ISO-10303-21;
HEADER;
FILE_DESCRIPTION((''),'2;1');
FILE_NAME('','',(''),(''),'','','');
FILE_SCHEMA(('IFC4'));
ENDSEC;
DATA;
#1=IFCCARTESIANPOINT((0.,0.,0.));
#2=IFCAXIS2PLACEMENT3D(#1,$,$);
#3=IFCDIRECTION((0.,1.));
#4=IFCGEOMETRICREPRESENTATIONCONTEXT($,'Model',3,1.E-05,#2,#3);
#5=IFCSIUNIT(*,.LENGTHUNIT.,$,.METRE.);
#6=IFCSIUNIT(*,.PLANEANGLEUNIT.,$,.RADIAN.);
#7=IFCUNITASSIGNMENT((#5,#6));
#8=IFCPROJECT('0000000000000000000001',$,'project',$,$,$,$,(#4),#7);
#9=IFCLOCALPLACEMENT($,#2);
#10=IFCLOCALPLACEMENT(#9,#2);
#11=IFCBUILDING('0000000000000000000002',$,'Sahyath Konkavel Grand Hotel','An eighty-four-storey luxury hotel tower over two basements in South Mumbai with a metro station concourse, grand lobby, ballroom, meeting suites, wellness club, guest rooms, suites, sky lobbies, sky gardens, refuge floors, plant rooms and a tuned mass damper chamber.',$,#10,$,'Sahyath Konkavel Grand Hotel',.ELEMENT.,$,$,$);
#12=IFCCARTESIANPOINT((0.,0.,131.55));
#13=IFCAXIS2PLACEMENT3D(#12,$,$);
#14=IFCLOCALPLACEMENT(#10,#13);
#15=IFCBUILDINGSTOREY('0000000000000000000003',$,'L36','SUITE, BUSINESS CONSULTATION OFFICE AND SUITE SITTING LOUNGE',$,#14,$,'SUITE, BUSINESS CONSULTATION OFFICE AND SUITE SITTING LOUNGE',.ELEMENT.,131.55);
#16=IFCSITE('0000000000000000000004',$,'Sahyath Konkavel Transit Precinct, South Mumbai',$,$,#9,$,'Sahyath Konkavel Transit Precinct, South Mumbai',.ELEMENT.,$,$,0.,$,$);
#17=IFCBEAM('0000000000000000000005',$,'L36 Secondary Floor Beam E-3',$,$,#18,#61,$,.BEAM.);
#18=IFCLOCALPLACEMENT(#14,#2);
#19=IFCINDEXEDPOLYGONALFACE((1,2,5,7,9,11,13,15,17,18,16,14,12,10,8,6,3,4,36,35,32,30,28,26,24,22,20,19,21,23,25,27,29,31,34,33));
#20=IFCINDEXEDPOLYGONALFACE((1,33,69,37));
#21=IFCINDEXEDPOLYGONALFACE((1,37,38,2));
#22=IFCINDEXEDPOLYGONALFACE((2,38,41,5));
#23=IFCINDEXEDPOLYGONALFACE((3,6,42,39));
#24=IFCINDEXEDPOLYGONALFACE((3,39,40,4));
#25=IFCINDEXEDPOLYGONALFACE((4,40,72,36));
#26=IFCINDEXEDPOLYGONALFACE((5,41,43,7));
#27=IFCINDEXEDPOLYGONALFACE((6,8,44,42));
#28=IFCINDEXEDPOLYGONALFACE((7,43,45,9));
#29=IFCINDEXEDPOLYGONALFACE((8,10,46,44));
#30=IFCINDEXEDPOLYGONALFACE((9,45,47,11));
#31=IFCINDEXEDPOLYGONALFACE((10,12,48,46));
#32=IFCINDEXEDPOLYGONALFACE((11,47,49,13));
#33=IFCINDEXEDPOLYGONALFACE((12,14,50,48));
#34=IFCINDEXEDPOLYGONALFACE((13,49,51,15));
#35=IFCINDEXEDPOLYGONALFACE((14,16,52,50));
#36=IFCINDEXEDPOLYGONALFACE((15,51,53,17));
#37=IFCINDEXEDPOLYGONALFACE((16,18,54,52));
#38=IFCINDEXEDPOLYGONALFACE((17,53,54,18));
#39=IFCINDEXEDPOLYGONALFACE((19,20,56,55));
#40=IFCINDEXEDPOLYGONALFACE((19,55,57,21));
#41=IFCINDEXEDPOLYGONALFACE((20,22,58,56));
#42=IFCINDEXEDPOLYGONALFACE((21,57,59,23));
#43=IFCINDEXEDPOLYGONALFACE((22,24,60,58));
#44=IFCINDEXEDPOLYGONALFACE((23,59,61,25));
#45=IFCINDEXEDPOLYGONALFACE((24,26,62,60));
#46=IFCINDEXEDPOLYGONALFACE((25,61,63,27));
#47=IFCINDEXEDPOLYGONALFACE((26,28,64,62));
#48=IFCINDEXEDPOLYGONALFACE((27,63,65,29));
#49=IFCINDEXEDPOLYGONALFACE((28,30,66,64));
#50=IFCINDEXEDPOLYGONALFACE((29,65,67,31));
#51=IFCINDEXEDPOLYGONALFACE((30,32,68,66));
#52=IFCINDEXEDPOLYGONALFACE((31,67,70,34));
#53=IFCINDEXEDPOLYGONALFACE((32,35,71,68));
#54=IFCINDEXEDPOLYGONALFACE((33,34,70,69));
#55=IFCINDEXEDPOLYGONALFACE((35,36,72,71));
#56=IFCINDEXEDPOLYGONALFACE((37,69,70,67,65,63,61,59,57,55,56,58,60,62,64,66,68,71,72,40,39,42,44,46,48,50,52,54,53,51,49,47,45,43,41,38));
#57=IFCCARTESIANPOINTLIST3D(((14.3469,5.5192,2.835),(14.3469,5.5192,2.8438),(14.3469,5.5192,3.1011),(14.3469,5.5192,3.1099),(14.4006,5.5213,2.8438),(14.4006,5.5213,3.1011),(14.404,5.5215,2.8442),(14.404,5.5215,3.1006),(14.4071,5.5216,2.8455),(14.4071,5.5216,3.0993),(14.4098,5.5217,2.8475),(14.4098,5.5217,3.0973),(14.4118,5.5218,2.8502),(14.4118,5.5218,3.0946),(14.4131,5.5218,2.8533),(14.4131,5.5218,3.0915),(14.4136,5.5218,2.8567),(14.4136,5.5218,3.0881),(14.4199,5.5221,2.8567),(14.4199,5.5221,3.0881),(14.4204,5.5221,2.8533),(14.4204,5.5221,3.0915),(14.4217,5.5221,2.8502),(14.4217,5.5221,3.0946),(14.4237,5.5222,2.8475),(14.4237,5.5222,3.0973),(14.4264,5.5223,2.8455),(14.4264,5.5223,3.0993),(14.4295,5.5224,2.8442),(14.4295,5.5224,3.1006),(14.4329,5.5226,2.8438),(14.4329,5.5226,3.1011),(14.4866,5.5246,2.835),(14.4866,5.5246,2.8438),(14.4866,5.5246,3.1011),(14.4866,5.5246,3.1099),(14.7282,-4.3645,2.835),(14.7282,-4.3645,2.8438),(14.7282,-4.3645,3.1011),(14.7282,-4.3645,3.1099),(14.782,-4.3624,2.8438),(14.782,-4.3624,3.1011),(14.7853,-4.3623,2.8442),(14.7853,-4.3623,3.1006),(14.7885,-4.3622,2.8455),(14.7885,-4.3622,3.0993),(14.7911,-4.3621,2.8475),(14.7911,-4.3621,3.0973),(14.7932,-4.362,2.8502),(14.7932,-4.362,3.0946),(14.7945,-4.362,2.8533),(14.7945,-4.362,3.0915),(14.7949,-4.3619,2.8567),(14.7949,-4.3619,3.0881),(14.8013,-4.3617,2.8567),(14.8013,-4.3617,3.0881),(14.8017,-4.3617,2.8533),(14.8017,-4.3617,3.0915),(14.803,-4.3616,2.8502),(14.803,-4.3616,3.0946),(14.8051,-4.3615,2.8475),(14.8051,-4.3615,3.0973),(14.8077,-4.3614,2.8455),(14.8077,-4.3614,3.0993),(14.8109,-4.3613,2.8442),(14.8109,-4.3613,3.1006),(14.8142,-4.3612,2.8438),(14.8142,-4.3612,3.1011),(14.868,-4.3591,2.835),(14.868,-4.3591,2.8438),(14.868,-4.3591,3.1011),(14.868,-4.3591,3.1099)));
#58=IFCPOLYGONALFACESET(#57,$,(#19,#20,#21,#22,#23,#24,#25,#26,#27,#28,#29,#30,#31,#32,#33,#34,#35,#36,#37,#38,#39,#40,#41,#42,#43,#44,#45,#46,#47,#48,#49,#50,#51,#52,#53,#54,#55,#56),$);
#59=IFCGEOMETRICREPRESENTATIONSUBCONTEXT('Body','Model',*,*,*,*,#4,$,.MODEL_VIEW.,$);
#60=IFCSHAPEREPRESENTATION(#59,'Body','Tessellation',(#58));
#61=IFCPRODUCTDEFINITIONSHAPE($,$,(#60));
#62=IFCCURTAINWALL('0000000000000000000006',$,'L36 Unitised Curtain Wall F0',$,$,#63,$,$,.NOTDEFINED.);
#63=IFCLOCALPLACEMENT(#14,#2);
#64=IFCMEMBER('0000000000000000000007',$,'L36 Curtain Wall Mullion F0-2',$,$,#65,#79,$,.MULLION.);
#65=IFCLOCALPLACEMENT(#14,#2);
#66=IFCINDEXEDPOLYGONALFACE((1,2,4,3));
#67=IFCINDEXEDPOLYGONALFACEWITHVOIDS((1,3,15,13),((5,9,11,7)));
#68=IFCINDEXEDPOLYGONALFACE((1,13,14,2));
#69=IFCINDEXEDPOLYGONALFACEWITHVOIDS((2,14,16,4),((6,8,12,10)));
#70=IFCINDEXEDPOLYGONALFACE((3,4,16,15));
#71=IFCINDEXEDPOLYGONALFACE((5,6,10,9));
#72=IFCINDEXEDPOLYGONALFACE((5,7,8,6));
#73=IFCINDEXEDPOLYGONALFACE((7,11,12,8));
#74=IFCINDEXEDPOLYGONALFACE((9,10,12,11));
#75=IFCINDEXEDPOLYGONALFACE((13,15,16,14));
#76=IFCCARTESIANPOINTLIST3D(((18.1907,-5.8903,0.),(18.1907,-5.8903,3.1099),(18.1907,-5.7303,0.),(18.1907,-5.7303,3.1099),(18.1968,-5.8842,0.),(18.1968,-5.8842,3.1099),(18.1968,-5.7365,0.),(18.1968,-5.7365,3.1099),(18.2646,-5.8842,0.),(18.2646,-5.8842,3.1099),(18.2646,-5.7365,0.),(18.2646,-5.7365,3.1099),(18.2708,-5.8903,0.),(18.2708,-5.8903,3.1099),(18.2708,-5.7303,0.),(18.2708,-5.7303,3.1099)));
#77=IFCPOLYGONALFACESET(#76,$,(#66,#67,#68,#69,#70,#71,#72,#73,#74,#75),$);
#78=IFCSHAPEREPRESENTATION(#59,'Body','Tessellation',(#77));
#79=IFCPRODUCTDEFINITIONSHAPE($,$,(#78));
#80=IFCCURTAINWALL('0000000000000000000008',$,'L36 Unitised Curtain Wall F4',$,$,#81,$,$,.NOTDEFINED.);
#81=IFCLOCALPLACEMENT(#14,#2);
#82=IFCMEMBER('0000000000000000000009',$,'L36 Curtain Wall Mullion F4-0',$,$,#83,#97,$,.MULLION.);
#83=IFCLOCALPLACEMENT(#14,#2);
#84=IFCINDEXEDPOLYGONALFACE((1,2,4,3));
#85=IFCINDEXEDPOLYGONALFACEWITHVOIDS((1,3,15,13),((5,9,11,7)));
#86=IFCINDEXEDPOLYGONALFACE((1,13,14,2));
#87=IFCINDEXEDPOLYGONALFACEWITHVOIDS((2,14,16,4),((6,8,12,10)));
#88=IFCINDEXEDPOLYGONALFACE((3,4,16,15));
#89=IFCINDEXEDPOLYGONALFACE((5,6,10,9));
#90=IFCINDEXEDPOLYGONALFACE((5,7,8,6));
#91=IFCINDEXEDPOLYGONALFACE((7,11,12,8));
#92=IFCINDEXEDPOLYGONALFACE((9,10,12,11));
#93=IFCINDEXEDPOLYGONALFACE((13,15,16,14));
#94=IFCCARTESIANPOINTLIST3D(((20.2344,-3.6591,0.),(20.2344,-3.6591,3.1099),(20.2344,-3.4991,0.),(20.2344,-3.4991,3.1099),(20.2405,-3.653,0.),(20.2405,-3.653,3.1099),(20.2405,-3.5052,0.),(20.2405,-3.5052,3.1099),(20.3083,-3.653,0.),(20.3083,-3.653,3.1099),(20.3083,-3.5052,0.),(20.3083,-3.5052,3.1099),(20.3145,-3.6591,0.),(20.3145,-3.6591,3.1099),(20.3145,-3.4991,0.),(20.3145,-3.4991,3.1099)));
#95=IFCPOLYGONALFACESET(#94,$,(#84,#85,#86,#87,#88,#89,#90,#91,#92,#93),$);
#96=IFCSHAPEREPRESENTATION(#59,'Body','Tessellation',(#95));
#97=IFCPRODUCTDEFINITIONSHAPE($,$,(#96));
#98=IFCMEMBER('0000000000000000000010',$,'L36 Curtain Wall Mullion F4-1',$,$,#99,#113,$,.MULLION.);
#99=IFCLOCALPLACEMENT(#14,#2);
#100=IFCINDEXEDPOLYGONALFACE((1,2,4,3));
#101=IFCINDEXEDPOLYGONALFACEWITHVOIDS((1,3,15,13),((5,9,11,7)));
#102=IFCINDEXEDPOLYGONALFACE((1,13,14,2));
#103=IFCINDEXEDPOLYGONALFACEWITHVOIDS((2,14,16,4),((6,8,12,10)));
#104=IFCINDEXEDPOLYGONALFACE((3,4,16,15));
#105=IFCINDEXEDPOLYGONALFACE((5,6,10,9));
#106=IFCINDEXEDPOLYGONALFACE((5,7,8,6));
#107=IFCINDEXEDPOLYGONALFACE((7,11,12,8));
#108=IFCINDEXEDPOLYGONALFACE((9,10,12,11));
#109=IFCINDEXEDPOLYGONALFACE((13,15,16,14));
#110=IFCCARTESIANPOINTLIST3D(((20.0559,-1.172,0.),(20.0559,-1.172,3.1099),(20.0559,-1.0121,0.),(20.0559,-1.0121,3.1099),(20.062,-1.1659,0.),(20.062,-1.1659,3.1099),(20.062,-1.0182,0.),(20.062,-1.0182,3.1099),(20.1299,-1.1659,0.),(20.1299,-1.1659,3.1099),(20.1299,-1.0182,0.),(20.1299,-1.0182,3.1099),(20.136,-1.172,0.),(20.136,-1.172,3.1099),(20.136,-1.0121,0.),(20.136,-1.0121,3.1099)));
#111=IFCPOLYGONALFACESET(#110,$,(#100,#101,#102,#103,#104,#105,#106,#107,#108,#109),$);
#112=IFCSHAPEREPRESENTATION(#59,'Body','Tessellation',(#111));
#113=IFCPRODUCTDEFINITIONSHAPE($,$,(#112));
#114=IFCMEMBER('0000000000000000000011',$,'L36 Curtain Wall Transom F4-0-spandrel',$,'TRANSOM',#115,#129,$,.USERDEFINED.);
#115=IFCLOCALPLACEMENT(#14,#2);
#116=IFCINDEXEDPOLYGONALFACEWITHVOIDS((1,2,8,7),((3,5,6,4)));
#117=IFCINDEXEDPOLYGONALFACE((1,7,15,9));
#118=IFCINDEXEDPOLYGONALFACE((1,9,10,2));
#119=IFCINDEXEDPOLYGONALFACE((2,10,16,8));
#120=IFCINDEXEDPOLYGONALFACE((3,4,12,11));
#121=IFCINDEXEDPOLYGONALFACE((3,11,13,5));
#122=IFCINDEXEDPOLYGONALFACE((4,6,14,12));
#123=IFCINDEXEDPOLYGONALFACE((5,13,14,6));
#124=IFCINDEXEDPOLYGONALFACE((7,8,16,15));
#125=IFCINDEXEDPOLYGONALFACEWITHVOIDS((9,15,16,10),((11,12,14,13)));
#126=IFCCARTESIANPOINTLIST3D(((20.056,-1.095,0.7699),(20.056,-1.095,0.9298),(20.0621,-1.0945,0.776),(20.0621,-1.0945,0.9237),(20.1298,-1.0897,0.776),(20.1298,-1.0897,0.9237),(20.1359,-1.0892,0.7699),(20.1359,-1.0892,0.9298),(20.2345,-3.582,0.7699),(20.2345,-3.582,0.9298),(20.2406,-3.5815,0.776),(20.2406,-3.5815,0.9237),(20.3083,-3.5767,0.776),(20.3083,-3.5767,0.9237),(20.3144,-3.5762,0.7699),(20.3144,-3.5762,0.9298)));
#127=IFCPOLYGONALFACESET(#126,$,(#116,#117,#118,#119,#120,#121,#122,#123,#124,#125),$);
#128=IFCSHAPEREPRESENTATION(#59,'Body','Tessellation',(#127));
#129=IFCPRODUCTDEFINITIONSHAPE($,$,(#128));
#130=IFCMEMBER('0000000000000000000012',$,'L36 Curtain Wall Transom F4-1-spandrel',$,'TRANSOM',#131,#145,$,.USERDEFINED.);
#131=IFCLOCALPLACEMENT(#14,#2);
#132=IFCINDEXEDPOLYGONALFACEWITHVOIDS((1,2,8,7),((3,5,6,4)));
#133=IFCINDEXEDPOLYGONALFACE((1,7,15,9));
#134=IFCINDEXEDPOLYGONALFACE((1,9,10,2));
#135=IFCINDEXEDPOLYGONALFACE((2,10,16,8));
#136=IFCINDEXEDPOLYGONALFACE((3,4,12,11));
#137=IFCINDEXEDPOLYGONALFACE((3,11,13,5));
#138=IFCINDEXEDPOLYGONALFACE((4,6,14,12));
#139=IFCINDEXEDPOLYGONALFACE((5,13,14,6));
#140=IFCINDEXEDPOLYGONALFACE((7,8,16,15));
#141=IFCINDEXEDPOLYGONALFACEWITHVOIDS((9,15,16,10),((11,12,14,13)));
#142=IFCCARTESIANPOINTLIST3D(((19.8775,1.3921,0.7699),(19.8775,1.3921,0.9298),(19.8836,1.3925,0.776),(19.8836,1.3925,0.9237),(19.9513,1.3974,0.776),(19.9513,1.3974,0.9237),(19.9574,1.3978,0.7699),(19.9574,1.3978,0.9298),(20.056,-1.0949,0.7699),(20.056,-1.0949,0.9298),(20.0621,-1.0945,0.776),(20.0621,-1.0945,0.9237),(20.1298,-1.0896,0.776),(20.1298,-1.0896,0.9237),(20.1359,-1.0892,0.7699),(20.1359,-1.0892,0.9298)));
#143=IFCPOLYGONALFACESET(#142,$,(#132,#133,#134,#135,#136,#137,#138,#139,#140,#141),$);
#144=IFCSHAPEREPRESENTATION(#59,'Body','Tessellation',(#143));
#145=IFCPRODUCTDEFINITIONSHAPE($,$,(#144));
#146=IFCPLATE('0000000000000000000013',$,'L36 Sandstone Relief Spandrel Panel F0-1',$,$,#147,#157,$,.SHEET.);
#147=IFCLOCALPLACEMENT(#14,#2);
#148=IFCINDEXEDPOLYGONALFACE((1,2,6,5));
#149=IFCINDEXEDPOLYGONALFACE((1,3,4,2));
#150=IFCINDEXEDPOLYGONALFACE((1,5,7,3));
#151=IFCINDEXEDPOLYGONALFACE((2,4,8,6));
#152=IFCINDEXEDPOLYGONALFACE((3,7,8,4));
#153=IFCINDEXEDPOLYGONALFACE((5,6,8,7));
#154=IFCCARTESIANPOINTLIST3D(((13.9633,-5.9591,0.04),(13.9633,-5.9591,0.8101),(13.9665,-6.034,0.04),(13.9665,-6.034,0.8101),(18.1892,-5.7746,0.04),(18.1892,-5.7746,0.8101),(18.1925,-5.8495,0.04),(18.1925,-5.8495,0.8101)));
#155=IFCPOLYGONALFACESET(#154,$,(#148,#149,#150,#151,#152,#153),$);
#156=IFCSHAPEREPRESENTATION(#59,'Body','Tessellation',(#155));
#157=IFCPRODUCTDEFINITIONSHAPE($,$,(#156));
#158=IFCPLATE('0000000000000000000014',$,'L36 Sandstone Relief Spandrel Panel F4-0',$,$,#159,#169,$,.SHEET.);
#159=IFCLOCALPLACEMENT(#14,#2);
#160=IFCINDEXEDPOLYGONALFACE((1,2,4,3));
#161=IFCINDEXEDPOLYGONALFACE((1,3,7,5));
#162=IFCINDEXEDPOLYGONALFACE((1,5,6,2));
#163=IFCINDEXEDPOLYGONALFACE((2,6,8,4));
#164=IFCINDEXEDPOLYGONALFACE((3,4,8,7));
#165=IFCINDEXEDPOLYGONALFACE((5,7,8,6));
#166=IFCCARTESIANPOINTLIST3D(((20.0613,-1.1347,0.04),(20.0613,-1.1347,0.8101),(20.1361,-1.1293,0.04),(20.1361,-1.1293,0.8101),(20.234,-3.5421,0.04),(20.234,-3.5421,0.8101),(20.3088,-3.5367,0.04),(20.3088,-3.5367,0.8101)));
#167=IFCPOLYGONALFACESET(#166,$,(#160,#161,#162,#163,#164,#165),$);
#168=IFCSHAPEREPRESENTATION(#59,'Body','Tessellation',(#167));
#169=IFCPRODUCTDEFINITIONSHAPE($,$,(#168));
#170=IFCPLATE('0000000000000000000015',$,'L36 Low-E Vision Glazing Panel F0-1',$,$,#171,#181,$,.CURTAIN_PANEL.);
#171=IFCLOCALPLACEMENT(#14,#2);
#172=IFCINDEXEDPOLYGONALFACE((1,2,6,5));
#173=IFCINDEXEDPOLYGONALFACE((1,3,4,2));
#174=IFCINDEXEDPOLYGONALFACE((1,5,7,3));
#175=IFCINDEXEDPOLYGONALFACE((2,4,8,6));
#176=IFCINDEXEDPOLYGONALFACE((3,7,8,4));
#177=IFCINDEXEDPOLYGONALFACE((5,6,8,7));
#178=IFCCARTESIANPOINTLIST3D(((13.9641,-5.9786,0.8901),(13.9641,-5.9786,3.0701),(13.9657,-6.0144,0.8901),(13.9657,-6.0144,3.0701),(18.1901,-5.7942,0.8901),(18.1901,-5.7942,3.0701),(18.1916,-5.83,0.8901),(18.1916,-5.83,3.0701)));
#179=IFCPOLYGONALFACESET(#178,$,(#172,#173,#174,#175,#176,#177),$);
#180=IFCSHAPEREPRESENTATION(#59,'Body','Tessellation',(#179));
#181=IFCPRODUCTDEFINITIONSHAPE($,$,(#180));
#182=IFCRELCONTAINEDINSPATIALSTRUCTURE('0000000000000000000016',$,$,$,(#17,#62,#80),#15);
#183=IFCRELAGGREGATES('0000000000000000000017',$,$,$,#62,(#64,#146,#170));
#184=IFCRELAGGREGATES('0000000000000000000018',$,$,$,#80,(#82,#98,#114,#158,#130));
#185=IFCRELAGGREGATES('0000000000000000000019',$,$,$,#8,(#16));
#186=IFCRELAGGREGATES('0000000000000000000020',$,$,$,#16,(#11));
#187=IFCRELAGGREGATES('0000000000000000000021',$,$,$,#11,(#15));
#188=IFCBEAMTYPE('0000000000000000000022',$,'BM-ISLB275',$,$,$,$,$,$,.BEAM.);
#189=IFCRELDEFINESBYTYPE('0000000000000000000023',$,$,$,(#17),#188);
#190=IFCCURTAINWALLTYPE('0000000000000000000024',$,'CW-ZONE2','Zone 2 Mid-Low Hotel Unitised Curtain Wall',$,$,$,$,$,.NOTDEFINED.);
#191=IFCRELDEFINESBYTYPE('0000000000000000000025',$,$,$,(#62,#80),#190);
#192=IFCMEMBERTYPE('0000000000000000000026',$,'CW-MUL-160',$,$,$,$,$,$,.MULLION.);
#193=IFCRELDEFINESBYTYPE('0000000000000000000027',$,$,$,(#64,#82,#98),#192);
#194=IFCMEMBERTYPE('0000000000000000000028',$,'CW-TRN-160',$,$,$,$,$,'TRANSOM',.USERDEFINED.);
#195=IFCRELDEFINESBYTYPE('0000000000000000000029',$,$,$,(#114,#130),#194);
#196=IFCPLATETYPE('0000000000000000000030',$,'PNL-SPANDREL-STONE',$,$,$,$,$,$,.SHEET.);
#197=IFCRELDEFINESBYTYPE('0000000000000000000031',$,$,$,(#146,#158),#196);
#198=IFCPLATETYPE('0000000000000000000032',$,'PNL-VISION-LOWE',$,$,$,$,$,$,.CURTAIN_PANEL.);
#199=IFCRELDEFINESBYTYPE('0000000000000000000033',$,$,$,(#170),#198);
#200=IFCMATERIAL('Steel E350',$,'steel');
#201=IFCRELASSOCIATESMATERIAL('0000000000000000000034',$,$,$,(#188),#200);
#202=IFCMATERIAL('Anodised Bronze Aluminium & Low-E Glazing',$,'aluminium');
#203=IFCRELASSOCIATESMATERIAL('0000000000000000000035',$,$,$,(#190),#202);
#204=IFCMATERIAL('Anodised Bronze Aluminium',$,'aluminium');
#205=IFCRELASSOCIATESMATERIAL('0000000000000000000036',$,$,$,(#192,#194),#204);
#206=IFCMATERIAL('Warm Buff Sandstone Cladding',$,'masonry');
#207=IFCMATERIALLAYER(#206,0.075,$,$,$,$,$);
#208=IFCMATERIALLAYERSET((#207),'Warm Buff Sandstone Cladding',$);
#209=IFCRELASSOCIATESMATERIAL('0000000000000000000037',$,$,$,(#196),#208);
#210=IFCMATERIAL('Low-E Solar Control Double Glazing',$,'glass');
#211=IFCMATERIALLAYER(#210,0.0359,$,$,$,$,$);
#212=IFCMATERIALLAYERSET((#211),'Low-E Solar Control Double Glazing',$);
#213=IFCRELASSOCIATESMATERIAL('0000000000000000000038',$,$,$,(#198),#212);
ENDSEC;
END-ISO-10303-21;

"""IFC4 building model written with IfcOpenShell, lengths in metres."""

from ifc_helpers import new_model, si_unit, direction, frame, origin, origin_2d, place, context, subcontext, project, spatial, rectangle, hollow_rectangle, i_section, extrude, source, transform, mapped, material, layer, layer_set, material_profile, profile_set, type_object, element, aggregate, save


model = new_model("IFC4")

# Units and contexts
model_context = context("Model", 3, precision=1e-05, world=origin(), true_north=direction((0.0, 1.0)))
body_context = subcontext(model_context, "Body", "Model", "MODEL_VIEW")
ifc_project = project(units=[si_unit("LENGTHUNIT", "METRE"), si_unit("PLANEANGLEUNIT", "RADIAN")], contexts=[model_context])

# Site, building, storey
site_placement = place(None, origin())
site = spatial("IfcSite", under=ifc_project, at=site_placement, Name="Sahyath Konkavel Transit Precinct, South Mumbai", LongName="Sahyath Konkavel Transit Precinct, South Mumbai", CompositionType="ELEMENT", RefElevation=0.0)
building_placement = place(site_placement, origin())
building = spatial("IfcBuilding", under=site, at=building_placement, Name="Sahyath Konkavel Grand Hotel", Description="An eighty-four-storey luxury hotel tower over two basements in South Mumbai with a metro station concourse, grand lobby, ballroom, meeting suites, wellness club, guest rooms, suites, sky lobbies, sky gardens, refuge floors, plant rooms and a tuned mass damper chamber.", LongName="Sahyath Konkavel Grand Hotel", CompositionType="ELEMENT")
storey_placement = place(building_placement, frame((0.0, 0.0, 131.55)))
storey = spatial("IfcBuildingStorey", under=building, at=storey_placement, Name="L36", Description="SUITE, BUSINESS CONSULTATION OFFICE AND SUITE SITTING LOUNGE", LongName="SUITE, BUSINESS CONSULTATION OFFICE AND SUITE SITTING LOUNGE", CompositionType="ELEMENT", Elevation=131.55)

# Beam
ifc_material_1 = material(Name="Steel E350", Category="steel")
ifc_material_profile_1 = material_profile(ifc_material_1, i_section(OverallWidth=0.1399, OverallDepth=0.2749, WebThickness=0.0063, FlangeThickness=0.0088, FilletRadius=0.0129, at=origin_2d()), Name="ISLB 275")
ifc_profile_set_1 = profile_set([ifc_material_profile_1], Name="Steel E350")
beam_type_1 = type_object("IfcBeamType", Name="BM-ISLB275", PredefinedType="BEAM", material=ifc_profile_set_1)
shared_shape_1 = source(origin(), body_context, "Body", "SweptSolid", [
    extrude(i_section(OverallWidth=0.1399, OverallDepth=0.2749, WebThickness=0.0063, FlangeThickness=0.0088, FilletRadius=0.0129, at=origin_2d()), origin(), (0.0, 0.0, 1.0), 9.8911),
])
beam_1_placement = place(storey_placement, frame((14.7981, -4.3618, 2.9724), z_axis=(-0.038554, 0.999257, 0.0), x_axis=(-0.999257, -0.038554, 0.0)))
element("IfcBeam", 1, at=beam_1_placement, inside=storey, type_object=beam_type_1, Name="L36 Secondary Floor Beam E-3", PredefinedType="BEAM", context=body_context, shape_type="MappedRepresentation", body=[
    mapped(shared_shape_1, transform((0.0, 0.0, 0.0), scale=1.0)),
])

# Curtain wall, member
ifc_material_2 = material(Name="Anodised Bronze Aluminium & Low-E Glazing", Category="aluminium")
curtain_wall_type = type_object("IfcCurtainWallType", Name="CW-ZONE2", Description="Zone 2 Mid-Low Hotel Unitised Curtain Wall", PredefinedType="NOTDEFINED", material=ifc_material_2)
curtain_wall_1_placement = place(storey_placement, origin())
curtain_wall_1 = element("IfcCurtainWall", 2, at=curtain_wall_1_placement, inside=storey, type_object=curtain_wall_type, Name="L36 Unitised Curtain Wall F0", PredefinedType="NOTDEFINED")
ifc_material_3 = material(Name="Anodised Bronze Aluminium", Category="aluminium")
ifc_material_profile_2 = material_profile(ifc_material_3, hollow_rectangle(XDim=0.0801, YDim=0.1599, WallThickness=0.0061, at=origin_2d()), Name="RHS 160x80x6")
ifc_profile_set_2 = profile_set([ifc_material_profile_2], Name="Anodised Bronze Aluminium")
member_type_1 = type_object("IfcMemberType", Name="CW-MUL-160", PredefinedType="MULLION", material=ifc_profile_set_2)
shared_shape_2 = source(origin(), body_context, "Body", "SweptSolid", [
    extrude(hollow_rectangle(XDim=0.0801, YDim=0.1599, WallThickness=0.0061, at=origin_2d()), origin(), (0.0, 0.0, 1.0), 3.1099),
])
member_1_placement = place(storey_placement, frame((18.2307, -5.8103, 0.0), z_axis=(0.0, 0.0, 1.0), x_axis=(1.0, 0.0, 0.0)))
member_1 = element("IfcMember", 3, at=member_1_placement, type_object=member_type_1, Name="L36 Curtain Wall Mullion F0-2", PredefinedType="MULLION", context=body_context, shape_type="MappedRepresentation", body=[
    mapped(shared_shape_2, transform((0.0, 0.0, 0.0), scale=1.0)),
])

# Curtain wall, members
curtain_wall_2_placement = place(storey_placement, origin())
curtain_wall_2 = element("IfcCurtainWall", 4, at=curtain_wall_2_placement, inside=storey, type_object=curtain_wall_type, Name="L36 Unitised Curtain Wall F4", PredefinedType="NOTDEFINED")
member_2_placement = place(storey_placement, frame((20.2744, -3.5791, 0.0), z_axis=(0.0, 0.0, 1.0), x_axis=(1.0, 0.0, 0.0)))
member_2 = element("IfcMember", 5, at=member_2_placement, type_object=member_type_1, Name="L36 Curtain Wall Mullion F4-0", PredefinedType="MULLION", context=body_context, shape_type="MappedRepresentation", body=[
    mapped(shared_shape_2, transform((0.0, 0.0, 0.0), scale=1.0)),
])
member_3_placement = place(storey_placement, frame((20.0959, -1.092, 0.0), z_axis=(0.0, 0.0, 1.0), x_axis=(1.0, 0.0, 0.0)))
member_3 = element("IfcMember", 6, at=member_3_placement, type_object=member_type_1, Name="L36 Curtain Wall Mullion F4-1", PredefinedType="MULLION", context=body_context, shape_type="MappedRepresentation", body=[
    mapped(shared_shape_2, transform((0.0, 0.0, 0.0), scale=1.0)),
])
ifc_material_profile_3 = material_profile(ifc_material_3, hollow_rectangle(XDim=0.0801, YDim=0.1599, WallThickness=0.0061, at=origin_2d()), Name="RHS 160x80x6")
ifc_profile_set_3 = profile_set([ifc_material_profile_3], Name="Anodised Bronze Aluminium")
member_type_2 = type_object("IfcMemberType", Name="CW-TRN-160", ElementType="TRANSOM", PredefinedType="USERDEFINED", material=ifc_profile_set_3)
shared_shape_3 = source(origin(), body_context, "Body", "SweptSolid", [
    extrude(hollow_rectangle(XDim=0.0801, YDim=0.1599, WallThickness=0.0061, at=origin_2d()), origin(), (0.0, 0.0, 1.0), 2.4934),
])
member_4_placement = place(storey_placement, frame((20.2744, -3.5791, 0.8499), z_axis=(-0.071574, 0.997435, 0.0), x_axis=(-0.997435, -0.071574, 0.0)))
member_4 = element("IfcMember", 7, at=member_4_placement, type_object=member_type_2, Name="L36 Curtain Wall Transom F4-0-spandrel", ObjectType="TRANSOM", PredefinedType="USERDEFINED", context=body_context, shape_type="MappedRepresentation", body=[
    mapped(shared_shape_3, transform((0.0, 0.0, 0.0), scale=1.0)),
])
member_5_placement = place(storey_placement, frame((20.0959, -1.092, 0.8499), z_axis=(-0.071574, 0.997435, 0.0), x_axis=(-0.997435, -0.071574, 0.0)))
member_5 = element("IfcMember", 8, at=member_5_placement, type_object=member_type_2, Name="L36 Curtain Wall Transom F4-1-spandrel", ObjectType="TRANSOM", PredefinedType="USERDEFINED", context=body_context, shape_type="MappedRepresentation", body=[
    mapped(shared_shape_3, transform((0.0, 0.0, 0.0), scale=1.0)),
])

# Plates
ifc_material_4 = material(Name="Warm Buff Sandstone Cladding", Category="masonry")
ifc_layer_1 = layer(ifc_material_4, 0.075)
ifc_layer_set_1 = layer_set([ifc_layer_1], Name="Warm Buff Sandstone Cladding")
plate_type_1 = type_object("IfcPlateType", Name="PNL-SPANDREL-STONE", PredefinedType="SHEET", material=ifc_layer_set_1)
shared_shape_4 = source(origin(), body_context, "Body", "SweptSolid", [
    extrude(rectangle(XDim=4.23, YDim=0.075, at=origin_2d()), origin(), (0.0, 0.0, 1.0), 0.77),
])
plate_1_placement = place(storey_placement, frame((16.0779, -5.9043, 0.04), z_axis=(0.0, 0.0, 1.0), x_axis=(0.999049, 0.043602, 0.0)))
plate_1 = element("IfcPlate", 9, at=plate_1_placement, type_object=plate_type_1, Name="L36 Sandstone Relief Spandrel Panel F0-1", PredefinedType="SHEET", context=body_context, shape_type="MappedRepresentation", body=[
    mapped(shared_shape_4, transform((0.0, 0.0, 0.0), scale=1.0)),
])
shared_shape_5 = source(origin(), body_context, "Body", "SweptSolid", [
    extrude(rectangle(XDim=2.4136, YDim=0.075, at=origin_2d()), origin(), (0.0, 0.0, 1.0), 0.77),
])
plate_2_placement = place(storey_placement, frame((20.1851, -2.3357, 0.04), z_axis=(0.0, 0.0, 1.0), x_axis=(-0.071567, 0.997436, 0.0)))
plate_2 = element("IfcPlate", 10, at=plate_2_placement, type_object=plate_type_1, Name="L36 Sandstone Relief Spandrel Panel F4-0", PredefinedType="SHEET", context=body_context, shape_type="MappedRepresentation", body=[
    mapped(shared_shape_5, transform((0.0, 0.0, 0.0), scale=1.0)),
])
ifc_material_5 = material(Name="Low-E Solar Control Double Glazing", Category="glass")
ifc_layer_2 = layer(ifc_material_5, 0.0359)
ifc_layer_set_2 = layer_set([ifc_layer_2], Name="Low-E Solar Control Double Glazing")
plate_type_2 = type_object("IfcPlateType", Name="PNL-VISION-LOWE", PredefinedType="CURTAIN_PANEL", material=ifc_layer_set_2)
shared_shape_6 = source(origin(), body_context, "Body", "SweptSolid", [
    extrude(rectangle(XDim=4.23, YDim=0.0359, at=origin_2d()), origin(), (0.0, 0.0, 1.0), 2.1799),
])
plate_3_placement = place(storey_placement, frame((16.0779, -5.9043, 0.8901), z_axis=(0.0, 0.0, 1.0), x_axis=(0.999049, 0.043602, 0.0)))
plate_3 = element("IfcPlate", 11, at=plate_3_placement, type_object=plate_type_2, Name="L36 Low-E Vision Glazing Panel F0-1", PredefinedType="CURTAIN_PANEL", context=body_context, shape_type="MappedRepresentation", body=[
    mapped(shared_shape_6, transform((0.0, 0.0, 0.0), scale=1.0)),
])
aggregate(curtain_wall_1, [member_1, plate_1, plate_3])
aggregate(curtain_wall_2, [member_2, member_3, member_4, plate_2, member_5])

save(model, "model.ifc")
